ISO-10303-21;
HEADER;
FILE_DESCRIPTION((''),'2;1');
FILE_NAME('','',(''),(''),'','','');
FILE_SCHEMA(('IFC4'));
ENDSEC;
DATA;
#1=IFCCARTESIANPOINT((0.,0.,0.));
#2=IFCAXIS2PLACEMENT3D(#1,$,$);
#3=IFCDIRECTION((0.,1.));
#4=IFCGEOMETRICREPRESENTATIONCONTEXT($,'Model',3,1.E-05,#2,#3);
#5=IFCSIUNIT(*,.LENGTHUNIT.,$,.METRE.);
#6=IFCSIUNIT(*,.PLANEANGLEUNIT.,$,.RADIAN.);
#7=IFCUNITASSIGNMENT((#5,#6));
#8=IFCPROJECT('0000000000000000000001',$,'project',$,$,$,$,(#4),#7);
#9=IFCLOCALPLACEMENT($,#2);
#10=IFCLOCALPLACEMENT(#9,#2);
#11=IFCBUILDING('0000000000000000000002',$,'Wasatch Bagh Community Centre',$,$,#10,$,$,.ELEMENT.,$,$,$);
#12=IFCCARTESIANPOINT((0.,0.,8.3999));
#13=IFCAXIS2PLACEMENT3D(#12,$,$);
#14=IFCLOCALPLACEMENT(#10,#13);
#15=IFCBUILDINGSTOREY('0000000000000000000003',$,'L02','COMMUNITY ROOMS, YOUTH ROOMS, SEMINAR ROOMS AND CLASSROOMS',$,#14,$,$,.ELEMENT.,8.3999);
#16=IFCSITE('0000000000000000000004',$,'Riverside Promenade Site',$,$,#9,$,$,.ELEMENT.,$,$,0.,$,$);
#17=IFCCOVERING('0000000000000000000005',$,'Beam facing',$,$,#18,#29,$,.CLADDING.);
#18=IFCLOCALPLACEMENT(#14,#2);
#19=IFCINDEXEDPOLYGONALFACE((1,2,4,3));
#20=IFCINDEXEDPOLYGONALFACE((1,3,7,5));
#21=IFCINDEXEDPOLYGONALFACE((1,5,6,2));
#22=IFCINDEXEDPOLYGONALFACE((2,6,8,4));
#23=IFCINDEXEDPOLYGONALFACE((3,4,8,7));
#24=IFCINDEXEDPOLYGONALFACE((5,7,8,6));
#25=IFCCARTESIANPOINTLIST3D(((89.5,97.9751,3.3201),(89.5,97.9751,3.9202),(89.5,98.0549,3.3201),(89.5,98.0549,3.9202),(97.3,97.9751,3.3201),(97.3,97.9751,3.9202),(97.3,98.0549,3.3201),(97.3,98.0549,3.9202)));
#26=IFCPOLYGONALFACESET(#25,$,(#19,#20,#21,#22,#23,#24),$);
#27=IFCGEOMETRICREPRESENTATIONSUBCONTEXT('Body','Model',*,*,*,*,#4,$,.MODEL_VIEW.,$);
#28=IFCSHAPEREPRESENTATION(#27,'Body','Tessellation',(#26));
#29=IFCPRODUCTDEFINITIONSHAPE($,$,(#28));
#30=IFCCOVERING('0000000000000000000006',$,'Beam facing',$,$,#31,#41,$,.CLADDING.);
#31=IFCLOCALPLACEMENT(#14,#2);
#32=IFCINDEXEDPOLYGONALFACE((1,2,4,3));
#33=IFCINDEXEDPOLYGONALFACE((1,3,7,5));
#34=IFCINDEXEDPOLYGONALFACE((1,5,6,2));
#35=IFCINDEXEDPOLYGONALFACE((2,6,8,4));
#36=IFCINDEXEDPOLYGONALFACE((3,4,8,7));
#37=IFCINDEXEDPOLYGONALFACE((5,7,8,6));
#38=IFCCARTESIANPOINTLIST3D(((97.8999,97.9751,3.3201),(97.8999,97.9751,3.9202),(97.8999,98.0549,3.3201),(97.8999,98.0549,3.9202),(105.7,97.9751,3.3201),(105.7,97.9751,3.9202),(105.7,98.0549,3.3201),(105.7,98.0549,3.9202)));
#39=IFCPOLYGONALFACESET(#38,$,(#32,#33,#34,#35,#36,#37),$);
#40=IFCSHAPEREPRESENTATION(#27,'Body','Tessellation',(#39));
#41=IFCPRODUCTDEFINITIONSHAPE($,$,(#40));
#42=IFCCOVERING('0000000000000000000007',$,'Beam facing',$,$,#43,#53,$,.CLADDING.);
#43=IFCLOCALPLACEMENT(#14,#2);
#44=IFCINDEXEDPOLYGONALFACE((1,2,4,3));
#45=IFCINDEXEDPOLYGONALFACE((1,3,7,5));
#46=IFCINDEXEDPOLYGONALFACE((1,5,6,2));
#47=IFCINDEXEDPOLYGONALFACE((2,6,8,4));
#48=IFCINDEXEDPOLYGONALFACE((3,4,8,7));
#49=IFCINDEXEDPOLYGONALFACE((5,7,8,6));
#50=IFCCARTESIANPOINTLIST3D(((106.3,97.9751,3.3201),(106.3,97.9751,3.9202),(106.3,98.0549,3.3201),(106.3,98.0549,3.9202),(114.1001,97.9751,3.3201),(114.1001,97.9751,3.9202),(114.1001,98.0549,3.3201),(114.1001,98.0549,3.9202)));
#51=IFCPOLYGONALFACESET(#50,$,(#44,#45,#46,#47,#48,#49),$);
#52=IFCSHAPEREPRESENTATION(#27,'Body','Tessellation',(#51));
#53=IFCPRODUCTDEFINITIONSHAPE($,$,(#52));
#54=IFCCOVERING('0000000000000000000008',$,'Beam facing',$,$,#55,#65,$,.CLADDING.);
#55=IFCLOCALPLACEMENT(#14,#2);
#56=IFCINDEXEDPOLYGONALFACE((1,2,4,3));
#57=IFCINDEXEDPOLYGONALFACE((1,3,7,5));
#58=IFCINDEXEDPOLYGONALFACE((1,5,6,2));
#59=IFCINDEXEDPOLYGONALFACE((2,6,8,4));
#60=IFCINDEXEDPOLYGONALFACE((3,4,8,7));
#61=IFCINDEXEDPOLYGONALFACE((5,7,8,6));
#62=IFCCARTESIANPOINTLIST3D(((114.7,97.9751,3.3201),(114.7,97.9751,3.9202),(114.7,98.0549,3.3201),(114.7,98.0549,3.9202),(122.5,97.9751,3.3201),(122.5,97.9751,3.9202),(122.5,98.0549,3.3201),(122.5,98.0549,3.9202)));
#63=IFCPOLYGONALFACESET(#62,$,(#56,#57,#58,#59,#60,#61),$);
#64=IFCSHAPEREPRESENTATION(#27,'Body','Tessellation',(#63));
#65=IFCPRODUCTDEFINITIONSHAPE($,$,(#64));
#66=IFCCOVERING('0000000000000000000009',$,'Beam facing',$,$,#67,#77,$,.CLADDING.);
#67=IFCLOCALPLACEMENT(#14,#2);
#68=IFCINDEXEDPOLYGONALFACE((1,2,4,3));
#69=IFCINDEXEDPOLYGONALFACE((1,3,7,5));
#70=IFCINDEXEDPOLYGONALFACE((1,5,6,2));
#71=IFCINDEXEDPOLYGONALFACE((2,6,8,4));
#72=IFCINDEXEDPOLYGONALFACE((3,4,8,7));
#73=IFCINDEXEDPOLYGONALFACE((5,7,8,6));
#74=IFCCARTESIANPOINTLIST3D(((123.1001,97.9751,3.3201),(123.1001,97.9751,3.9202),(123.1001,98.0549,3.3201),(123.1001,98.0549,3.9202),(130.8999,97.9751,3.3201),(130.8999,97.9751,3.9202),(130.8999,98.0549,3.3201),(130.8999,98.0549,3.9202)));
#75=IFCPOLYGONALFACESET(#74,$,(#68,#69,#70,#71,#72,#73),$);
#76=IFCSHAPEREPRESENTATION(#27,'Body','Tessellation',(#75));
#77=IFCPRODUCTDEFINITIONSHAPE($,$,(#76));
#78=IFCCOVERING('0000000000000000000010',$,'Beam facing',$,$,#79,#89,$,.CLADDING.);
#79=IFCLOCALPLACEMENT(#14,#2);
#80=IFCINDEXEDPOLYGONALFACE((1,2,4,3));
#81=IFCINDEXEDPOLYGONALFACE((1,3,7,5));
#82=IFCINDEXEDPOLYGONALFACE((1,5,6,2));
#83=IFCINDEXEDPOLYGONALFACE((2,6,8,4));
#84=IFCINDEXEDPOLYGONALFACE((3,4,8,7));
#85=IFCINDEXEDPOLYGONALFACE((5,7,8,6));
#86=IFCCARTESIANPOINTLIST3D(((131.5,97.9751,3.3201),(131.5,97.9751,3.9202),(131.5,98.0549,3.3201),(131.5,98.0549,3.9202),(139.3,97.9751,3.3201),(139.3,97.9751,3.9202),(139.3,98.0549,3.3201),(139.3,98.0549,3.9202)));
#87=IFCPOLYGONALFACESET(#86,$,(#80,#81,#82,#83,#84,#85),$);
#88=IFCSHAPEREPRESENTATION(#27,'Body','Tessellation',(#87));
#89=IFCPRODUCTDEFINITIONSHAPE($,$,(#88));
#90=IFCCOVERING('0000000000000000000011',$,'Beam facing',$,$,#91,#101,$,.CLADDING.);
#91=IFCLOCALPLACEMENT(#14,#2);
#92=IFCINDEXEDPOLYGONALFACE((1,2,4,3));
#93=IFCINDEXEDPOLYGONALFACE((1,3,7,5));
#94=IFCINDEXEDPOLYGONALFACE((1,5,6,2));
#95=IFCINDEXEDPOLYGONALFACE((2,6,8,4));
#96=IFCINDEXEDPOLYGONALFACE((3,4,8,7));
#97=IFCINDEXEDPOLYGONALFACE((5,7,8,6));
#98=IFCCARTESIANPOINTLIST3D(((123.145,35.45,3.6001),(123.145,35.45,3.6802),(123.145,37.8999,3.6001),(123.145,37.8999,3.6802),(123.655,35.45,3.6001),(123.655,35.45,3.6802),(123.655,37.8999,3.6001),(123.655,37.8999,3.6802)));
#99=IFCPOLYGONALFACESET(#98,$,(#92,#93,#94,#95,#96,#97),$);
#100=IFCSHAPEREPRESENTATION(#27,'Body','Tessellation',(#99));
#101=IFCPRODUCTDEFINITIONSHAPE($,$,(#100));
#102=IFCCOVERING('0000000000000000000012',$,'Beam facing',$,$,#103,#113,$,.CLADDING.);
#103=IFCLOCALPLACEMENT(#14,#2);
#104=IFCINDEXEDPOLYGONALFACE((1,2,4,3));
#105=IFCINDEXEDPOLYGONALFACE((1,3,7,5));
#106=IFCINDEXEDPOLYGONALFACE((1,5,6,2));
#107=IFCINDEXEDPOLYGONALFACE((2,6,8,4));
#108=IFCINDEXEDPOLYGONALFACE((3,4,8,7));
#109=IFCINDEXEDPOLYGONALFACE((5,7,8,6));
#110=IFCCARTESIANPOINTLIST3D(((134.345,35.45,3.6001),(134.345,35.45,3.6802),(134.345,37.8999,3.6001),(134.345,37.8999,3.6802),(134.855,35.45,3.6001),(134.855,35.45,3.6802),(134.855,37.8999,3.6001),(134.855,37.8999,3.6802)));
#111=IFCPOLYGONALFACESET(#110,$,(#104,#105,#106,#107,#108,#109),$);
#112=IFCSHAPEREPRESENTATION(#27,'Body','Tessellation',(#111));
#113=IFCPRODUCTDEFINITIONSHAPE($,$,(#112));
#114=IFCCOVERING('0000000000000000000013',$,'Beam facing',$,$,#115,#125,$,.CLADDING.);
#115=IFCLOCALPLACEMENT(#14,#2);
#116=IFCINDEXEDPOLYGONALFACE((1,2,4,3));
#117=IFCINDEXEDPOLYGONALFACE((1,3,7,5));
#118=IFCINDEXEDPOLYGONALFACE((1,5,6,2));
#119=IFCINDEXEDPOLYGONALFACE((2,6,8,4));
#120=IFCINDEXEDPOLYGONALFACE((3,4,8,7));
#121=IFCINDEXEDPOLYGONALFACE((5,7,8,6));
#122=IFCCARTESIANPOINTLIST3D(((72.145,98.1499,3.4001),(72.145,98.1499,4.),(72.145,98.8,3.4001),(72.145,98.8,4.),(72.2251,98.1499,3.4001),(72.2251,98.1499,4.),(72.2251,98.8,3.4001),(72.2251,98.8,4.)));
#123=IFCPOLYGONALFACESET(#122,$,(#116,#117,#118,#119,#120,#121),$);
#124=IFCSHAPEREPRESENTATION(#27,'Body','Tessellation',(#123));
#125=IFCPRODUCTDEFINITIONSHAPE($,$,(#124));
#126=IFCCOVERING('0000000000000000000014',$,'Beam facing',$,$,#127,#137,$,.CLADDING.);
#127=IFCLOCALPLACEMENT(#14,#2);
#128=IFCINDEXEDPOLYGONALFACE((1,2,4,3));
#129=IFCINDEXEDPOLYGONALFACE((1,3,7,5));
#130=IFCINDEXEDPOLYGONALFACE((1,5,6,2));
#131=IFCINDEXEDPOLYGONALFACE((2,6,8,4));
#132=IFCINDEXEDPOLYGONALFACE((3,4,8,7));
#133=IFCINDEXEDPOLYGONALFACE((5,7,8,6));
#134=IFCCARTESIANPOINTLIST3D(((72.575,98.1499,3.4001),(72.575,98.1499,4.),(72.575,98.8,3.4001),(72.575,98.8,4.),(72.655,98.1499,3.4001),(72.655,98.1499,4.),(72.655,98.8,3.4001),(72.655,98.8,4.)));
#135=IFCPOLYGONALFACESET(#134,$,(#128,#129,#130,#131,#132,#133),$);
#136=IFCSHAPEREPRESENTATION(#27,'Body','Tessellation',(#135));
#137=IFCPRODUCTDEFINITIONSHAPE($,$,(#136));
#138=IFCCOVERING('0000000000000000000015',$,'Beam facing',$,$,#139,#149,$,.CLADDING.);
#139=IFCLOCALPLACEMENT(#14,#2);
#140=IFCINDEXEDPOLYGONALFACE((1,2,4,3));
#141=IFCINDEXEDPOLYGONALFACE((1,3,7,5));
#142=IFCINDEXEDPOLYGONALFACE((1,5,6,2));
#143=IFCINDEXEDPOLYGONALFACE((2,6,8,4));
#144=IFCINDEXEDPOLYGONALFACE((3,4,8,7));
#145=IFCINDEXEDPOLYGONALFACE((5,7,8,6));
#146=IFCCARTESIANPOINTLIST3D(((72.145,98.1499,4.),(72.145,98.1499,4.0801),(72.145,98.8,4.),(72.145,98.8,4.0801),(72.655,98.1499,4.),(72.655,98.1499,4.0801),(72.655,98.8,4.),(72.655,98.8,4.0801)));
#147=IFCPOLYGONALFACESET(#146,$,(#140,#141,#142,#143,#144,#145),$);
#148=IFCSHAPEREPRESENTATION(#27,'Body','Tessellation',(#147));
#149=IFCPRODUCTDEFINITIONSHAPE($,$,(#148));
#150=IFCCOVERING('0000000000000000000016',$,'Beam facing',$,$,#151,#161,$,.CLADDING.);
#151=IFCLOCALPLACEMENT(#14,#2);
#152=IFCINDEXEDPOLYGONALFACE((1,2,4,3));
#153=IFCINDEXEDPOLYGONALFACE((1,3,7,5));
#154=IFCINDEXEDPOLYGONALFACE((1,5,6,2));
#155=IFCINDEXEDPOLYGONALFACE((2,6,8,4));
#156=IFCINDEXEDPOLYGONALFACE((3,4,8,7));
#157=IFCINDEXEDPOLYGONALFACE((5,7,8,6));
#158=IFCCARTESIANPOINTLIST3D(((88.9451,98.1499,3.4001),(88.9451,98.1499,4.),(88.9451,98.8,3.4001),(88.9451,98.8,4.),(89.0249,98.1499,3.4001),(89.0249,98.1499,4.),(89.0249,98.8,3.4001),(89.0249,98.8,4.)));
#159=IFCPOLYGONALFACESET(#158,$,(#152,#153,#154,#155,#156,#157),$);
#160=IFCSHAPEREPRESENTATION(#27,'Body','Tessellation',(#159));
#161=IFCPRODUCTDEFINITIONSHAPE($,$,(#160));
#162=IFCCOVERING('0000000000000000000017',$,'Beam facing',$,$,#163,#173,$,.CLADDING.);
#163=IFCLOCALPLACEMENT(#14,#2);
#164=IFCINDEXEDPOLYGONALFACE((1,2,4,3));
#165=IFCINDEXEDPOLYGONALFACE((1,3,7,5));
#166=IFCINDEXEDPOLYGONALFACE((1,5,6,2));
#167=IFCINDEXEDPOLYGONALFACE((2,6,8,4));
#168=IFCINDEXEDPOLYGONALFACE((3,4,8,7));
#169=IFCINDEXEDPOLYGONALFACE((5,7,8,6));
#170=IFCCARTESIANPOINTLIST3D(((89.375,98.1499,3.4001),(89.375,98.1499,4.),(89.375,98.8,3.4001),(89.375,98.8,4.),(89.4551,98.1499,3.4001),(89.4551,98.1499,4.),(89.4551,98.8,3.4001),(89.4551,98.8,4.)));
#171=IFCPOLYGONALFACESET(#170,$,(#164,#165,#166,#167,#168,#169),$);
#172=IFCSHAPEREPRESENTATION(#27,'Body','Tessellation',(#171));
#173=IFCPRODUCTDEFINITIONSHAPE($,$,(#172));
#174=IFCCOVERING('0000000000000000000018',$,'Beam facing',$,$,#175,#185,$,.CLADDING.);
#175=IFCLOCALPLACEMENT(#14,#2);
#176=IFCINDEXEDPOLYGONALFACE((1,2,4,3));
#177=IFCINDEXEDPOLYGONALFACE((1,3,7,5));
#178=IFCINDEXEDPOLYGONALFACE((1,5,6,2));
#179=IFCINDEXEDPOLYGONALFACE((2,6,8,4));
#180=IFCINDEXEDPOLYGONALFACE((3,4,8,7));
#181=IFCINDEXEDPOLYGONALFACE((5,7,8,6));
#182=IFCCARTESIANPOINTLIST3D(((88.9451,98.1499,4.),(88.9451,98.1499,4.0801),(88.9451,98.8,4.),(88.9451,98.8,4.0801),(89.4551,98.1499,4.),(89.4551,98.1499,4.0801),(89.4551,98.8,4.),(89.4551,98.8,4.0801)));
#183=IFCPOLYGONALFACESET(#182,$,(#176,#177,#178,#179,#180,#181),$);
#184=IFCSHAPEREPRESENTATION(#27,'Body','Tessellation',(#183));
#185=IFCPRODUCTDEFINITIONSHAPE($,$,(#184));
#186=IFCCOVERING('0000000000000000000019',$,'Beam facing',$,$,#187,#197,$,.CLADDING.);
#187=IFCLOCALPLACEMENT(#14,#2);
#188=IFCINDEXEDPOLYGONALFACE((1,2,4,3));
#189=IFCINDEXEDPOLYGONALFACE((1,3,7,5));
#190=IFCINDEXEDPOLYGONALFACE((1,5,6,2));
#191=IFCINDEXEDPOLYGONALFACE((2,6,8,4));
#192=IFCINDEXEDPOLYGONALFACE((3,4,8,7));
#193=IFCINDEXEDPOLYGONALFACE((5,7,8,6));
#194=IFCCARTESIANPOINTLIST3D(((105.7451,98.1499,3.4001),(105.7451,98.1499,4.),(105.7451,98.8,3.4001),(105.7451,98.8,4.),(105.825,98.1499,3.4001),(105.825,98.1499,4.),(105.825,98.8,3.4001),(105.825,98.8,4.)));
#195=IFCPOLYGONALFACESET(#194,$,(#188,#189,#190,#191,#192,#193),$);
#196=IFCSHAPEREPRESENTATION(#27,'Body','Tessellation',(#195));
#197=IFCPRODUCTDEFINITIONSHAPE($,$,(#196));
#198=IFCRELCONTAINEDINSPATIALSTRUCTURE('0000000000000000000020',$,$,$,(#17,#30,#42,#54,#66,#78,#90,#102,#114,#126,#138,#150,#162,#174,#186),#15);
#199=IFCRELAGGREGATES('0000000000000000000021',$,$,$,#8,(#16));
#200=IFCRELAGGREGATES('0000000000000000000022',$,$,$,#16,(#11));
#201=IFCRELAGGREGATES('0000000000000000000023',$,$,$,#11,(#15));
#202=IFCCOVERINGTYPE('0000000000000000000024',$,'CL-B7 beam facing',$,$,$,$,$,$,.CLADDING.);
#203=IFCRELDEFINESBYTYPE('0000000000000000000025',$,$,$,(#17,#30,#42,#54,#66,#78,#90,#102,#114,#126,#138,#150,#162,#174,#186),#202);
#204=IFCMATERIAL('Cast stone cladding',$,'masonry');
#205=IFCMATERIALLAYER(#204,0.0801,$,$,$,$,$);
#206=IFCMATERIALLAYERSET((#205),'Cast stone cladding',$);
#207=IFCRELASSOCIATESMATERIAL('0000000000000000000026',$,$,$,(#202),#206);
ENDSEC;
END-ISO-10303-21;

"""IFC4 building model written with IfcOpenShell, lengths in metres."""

from ifc_helpers import new_model, si_unit, direction, frame, origin, place, context, subcontext, project, spatial, polyline, outline, extrude, material, layer, layer_set, type_object, element, save


model = new_model("IFC4")

# Units and contexts
model_context = context("Model", 3, precision=1e-05, world=origin(), true_north=direction((0.0, 1.0)))
body_context = subcontext(model_context, "Body", "Model", "MODEL_VIEW")
ifc_project = project(units=[si_unit("LENGTHUNIT", "METRE"), si_unit("PLANEANGLEUNIT", "RADIAN")], contexts=[model_context])

# Site, building, storey
site_placement = place(None, origin())
site = spatial("IfcSite", under=ifc_project, at=site_placement, Name="Riverside Promenade Site", CompositionType="ELEMENT", RefElevation=0.0)
building_placement = place(site_placement, origin())
building = spatial("IfcBuilding", under=site, at=building_placement, Name="Wasatch Bagh Community Centre", CompositionType="ELEMENT")
storey_placement = place(building_placement, frame((0.0, 0.0, 8.3999)))
storey = spatial("IfcBuildingStorey", under=building, at=storey_placement, Name="L02", Description="COMMUNITY ROOMS, YOUTH ROOMS, SEMINAR ROOMS AND CLASSROOMS", CompositionType="ELEMENT", Elevation=8.3999)

# Coverings
ifc_material = material(Name="Cast stone cladding", Category="masonry")
ifc_layer = layer(ifc_material, 0.0801)
ifc_layer_set = layer_set([ifc_layer], Name="Cast stone cladding")
covering_type = type_object("IfcCoveringType", Name="CL-B7 beam facing", PredefinedType="CLADDING", material=ifc_layer_set)
covering_1_placement = place(storey_placement, frame((0.0, 0.0, 3.3201)))
element("IfcCovering", 1, at=covering_1_placement, inside=storey, type_object=covering_type, Name="Beam facing", PredefinedType="CLADDING", context=body_context, shape_type="SweptSolid", body=[
    extrude(outline(polyline([(89.5, 97.9751), (97.3, 97.9751), (97.3, 98.0549), (89.5, 98.0549), (89.5, 97.9751)])), origin(), (0.0, 0.0, 1.0), 0.6001),
])
covering_2_placement = place(storey_placement, frame((0.0, 0.0, 3.3201)))
element("IfcCovering", 2, at=covering_2_placement, inside=storey, type_object=covering_type, Name="Beam facing", PredefinedType="CLADDING", context=body_context, shape_type="SweptSolid", body=[
    extrude(outline(polyline([(97.8999, 97.9751), (105.7, 97.9751), (105.7, 98.0549), (97.8999, 98.0549), (97.8999, 97.9751)])), origin(), (0.0, 0.0, 1.0), 0.6001),
])
covering_3_placement = place(storey_placement, frame((0.0, 0.0, 3.3201)))
element("IfcCovering", 3, at=covering_3_placement, inside=storey, type_object=covering_type, Name="Beam facing", PredefinedType="CLADDING", context=body_context, shape_type="SweptSolid", body=[
    extrude(outline(polyline([(106.3, 97.9751), (114.1001, 97.9751), (114.1001, 98.0549), (106.3, 98.0549), (106.3, 97.9751)])), origin(), (0.0, 0.0, 1.0), 0.6001),
])
covering_4_placement = place(storey_placement, frame((0.0, 0.0, 3.3201)))
element("IfcCovering", 4, at=covering_4_placement, inside=storey, type_object=covering_type, Name="Beam facing", PredefinedType="CLADDING", context=body_context, shape_type="SweptSolid", body=[
    extrude(outline(polyline([(114.7, 97.9751), (122.5, 97.9751), (122.5, 98.0549), (114.7, 98.0549), (114.7, 97.9751)])), origin(), (0.0, 0.0, 1.0), 0.6001),
])
covering_5_placement = place(storey_placement, frame((0.0, 0.0, 3.3201)))
element("IfcCovering", 5, at=covering_5_placement, inside=storey, type_object=covering_type, Name="Beam facing", PredefinedType="CLADDING", context=body_context, shape_type="SweptSolid", body=[
    extrude(outline(polyline([(123.1001, 97.9751), (130.8999, 97.9751), (130.8999, 98.0549), (123.1001, 98.0549), (123.1001, 97.9751)])), origin(), (0.0, 0.0, 1.0), 0.6001),
])
covering_6_placement = place(storey_placement, frame((0.0, 0.0, 3.3201)))
element("IfcCovering", 6, at=covering_6_placement, inside=storey, type_object=covering_type, Name="Beam facing", PredefinedType="CLADDING", context=body_context, shape_type="SweptSolid", body=[
    extrude(outline(polyline([(131.5, 97.9751), (139.3, 97.9751), (139.3, 98.0549), (131.5, 98.0549), (131.5, 97.9751)])), origin(), (0.0, 0.0, 1.0), 0.6001),
])
covering_7_placement = place(storey_placement, frame((0.0, 0.0, 3.6001)))
element("IfcCovering", 7, at=covering_7_placement, inside=storey, type_object=covering_type, Name="Beam facing", PredefinedType="CLADDING", context=body_context, shape_type="SweptSolid", body=[
    extrude(outline(polyline([(123.145, 37.8999), (123.145, 35.45), (123.655, 35.45), (123.655, 37.8999), (123.145, 37.8999)])), origin(), (0.0, 0.0, 1.0), 0.0801),
])
covering_8_placement = place(storey_placement, frame((0.0, 0.0, 3.6001)))
element("IfcCovering", 8, at=covering_8_placement, inside=storey, type_object=covering_type, Name="Beam facing", PredefinedType="CLADDING", context=body_context, shape_type="SweptSolid", body=[
    extrude(outline(polyline([(134.345, 37.8999), (134.345, 35.45), (134.855, 35.45), (134.855, 37.8999), (134.345, 37.8999)])), origin(), (0.0, 0.0, 1.0), 0.0801),
])
covering_9_placement = place(storey_placement, frame((0.0, 0.0, 3.4001)))
element("IfcCovering", 9, at=covering_9_placement, inside=storey, type_object=covering_type, Name="Beam facing", PredefinedType="CLADDING", context=body_context, shape_type="SweptSolid", body=[
    extrude(outline(polyline([(72.2251, 98.1499), (72.2251, 98.8), (72.145, 98.8), (72.145, 98.1499), (72.2251, 98.1499)])), origin(), (0.0, 0.0, 1.0), 0.5999),
])
covering_10_placement = place(storey_placement, frame((0.0, 0.0, 3.4001)))
element("IfcCovering", 10, at=covering_10_placement, inside=storey, type_object=covering_type, Name="Beam facing", PredefinedType="CLADDING", context=body_context, shape_type="SweptSolid", body=[
    extrude(outline(polyline([(72.575, 98.1499), (72.575, 98.8), (72.655, 98.8), (72.655, 98.1499), (72.575, 98.1499)])), origin(), (0.0, 0.0, 1.0), 0.5999),
])
covering_11_placement = place(storey_placement, frame((0.0, 0.0, 4.0)))
element("IfcCovering", 11, at=covering_11_placement, inside=storey, type_object=covering_type, Name="Beam facing", PredefinedType="CLADDING", context=body_context, shape_type="SweptSolid", body=[
    extrude(outline(polyline([(72.655, 98.1499), (72.655, 98.8), (72.145, 98.8), (72.145, 98.1499), (72.655, 98.1499)])), origin(), (0.0, 0.0, 1.0), 0.0801),
])
covering_12_placement = place(storey_placement, frame((0.0, 0.0, 3.4001)))
element("IfcCovering", 12, at=covering_12_placement, inside=storey, type_object=covering_type, Name="Beam facing", PredefinedType="CLADDING", context=body_context, shape_type="SweptSolid", body=[
    extrude(outline(polyline([(89.0249, 98.1499), (89.0249, 98.8), (88.9451, 98.8), (88.9451, 98.1499), (89.0249, 98.1499)])), origin(), (0.0, 0.0, 1.0), 0.5999),
])
covering_13_placement = place(storey_placement, frame((0.0, 0.0, 3.4001)))
element("IfcCovering", 13, at=covering_13_placement, inside=storey, type_object=covering_type, Name="Beam facing", PredefinedType="CLADDING", context=body_context, shape_type="SweptSolid", body=[
    extrude(outline(polyline([(89.375, 98.1499), (89.375, 98.8), (89.4551, 98.8), (89.4551, 98.1499), (89.375, 98.1499)])), origin(), (0.0, 0.0, 1.0), 0.5999),
])
covering_14_placement = place(storey_placement, frame((0.0, 0.0, 4.0)))
element("IfcCovering", 14, at=covering_14_placement, inside=storey, type_object=covering_type, Name="Beam facing", PredefinedType="CLADDING", context=body_context, shape_type="SweptSolid", body=[
    extrude(outline(polyline([(89.4551, 98.1499), (89.4551, 98.8), (88.9451, 98.8), (88.9451, 98.1499), (89.4551, 98.1499)])), origin(), (0.0, 0.0, 1.0), 0.0801),
])
covering_15_placement = place(storey_placement, frame((0.0, 0.0, 3.4001)))
element("IfcCovering", 15, at=covering_15_placement, inside=storey, type_object=covering_type, Name="Beam facing", PredefinedType="CLADDING", context=body_context, shape_type="SweptSolid", body=[
    extrude(outline(polyline([(105.825, 98.1499), (105.825, 98.8), (105.7451, 98.8), (105.7451, 98.1499), (105.825, 98.1499)])), origin(), (0.0, 0.0, 1.0), 0.5999),
])

save(model, "model.ifc")
